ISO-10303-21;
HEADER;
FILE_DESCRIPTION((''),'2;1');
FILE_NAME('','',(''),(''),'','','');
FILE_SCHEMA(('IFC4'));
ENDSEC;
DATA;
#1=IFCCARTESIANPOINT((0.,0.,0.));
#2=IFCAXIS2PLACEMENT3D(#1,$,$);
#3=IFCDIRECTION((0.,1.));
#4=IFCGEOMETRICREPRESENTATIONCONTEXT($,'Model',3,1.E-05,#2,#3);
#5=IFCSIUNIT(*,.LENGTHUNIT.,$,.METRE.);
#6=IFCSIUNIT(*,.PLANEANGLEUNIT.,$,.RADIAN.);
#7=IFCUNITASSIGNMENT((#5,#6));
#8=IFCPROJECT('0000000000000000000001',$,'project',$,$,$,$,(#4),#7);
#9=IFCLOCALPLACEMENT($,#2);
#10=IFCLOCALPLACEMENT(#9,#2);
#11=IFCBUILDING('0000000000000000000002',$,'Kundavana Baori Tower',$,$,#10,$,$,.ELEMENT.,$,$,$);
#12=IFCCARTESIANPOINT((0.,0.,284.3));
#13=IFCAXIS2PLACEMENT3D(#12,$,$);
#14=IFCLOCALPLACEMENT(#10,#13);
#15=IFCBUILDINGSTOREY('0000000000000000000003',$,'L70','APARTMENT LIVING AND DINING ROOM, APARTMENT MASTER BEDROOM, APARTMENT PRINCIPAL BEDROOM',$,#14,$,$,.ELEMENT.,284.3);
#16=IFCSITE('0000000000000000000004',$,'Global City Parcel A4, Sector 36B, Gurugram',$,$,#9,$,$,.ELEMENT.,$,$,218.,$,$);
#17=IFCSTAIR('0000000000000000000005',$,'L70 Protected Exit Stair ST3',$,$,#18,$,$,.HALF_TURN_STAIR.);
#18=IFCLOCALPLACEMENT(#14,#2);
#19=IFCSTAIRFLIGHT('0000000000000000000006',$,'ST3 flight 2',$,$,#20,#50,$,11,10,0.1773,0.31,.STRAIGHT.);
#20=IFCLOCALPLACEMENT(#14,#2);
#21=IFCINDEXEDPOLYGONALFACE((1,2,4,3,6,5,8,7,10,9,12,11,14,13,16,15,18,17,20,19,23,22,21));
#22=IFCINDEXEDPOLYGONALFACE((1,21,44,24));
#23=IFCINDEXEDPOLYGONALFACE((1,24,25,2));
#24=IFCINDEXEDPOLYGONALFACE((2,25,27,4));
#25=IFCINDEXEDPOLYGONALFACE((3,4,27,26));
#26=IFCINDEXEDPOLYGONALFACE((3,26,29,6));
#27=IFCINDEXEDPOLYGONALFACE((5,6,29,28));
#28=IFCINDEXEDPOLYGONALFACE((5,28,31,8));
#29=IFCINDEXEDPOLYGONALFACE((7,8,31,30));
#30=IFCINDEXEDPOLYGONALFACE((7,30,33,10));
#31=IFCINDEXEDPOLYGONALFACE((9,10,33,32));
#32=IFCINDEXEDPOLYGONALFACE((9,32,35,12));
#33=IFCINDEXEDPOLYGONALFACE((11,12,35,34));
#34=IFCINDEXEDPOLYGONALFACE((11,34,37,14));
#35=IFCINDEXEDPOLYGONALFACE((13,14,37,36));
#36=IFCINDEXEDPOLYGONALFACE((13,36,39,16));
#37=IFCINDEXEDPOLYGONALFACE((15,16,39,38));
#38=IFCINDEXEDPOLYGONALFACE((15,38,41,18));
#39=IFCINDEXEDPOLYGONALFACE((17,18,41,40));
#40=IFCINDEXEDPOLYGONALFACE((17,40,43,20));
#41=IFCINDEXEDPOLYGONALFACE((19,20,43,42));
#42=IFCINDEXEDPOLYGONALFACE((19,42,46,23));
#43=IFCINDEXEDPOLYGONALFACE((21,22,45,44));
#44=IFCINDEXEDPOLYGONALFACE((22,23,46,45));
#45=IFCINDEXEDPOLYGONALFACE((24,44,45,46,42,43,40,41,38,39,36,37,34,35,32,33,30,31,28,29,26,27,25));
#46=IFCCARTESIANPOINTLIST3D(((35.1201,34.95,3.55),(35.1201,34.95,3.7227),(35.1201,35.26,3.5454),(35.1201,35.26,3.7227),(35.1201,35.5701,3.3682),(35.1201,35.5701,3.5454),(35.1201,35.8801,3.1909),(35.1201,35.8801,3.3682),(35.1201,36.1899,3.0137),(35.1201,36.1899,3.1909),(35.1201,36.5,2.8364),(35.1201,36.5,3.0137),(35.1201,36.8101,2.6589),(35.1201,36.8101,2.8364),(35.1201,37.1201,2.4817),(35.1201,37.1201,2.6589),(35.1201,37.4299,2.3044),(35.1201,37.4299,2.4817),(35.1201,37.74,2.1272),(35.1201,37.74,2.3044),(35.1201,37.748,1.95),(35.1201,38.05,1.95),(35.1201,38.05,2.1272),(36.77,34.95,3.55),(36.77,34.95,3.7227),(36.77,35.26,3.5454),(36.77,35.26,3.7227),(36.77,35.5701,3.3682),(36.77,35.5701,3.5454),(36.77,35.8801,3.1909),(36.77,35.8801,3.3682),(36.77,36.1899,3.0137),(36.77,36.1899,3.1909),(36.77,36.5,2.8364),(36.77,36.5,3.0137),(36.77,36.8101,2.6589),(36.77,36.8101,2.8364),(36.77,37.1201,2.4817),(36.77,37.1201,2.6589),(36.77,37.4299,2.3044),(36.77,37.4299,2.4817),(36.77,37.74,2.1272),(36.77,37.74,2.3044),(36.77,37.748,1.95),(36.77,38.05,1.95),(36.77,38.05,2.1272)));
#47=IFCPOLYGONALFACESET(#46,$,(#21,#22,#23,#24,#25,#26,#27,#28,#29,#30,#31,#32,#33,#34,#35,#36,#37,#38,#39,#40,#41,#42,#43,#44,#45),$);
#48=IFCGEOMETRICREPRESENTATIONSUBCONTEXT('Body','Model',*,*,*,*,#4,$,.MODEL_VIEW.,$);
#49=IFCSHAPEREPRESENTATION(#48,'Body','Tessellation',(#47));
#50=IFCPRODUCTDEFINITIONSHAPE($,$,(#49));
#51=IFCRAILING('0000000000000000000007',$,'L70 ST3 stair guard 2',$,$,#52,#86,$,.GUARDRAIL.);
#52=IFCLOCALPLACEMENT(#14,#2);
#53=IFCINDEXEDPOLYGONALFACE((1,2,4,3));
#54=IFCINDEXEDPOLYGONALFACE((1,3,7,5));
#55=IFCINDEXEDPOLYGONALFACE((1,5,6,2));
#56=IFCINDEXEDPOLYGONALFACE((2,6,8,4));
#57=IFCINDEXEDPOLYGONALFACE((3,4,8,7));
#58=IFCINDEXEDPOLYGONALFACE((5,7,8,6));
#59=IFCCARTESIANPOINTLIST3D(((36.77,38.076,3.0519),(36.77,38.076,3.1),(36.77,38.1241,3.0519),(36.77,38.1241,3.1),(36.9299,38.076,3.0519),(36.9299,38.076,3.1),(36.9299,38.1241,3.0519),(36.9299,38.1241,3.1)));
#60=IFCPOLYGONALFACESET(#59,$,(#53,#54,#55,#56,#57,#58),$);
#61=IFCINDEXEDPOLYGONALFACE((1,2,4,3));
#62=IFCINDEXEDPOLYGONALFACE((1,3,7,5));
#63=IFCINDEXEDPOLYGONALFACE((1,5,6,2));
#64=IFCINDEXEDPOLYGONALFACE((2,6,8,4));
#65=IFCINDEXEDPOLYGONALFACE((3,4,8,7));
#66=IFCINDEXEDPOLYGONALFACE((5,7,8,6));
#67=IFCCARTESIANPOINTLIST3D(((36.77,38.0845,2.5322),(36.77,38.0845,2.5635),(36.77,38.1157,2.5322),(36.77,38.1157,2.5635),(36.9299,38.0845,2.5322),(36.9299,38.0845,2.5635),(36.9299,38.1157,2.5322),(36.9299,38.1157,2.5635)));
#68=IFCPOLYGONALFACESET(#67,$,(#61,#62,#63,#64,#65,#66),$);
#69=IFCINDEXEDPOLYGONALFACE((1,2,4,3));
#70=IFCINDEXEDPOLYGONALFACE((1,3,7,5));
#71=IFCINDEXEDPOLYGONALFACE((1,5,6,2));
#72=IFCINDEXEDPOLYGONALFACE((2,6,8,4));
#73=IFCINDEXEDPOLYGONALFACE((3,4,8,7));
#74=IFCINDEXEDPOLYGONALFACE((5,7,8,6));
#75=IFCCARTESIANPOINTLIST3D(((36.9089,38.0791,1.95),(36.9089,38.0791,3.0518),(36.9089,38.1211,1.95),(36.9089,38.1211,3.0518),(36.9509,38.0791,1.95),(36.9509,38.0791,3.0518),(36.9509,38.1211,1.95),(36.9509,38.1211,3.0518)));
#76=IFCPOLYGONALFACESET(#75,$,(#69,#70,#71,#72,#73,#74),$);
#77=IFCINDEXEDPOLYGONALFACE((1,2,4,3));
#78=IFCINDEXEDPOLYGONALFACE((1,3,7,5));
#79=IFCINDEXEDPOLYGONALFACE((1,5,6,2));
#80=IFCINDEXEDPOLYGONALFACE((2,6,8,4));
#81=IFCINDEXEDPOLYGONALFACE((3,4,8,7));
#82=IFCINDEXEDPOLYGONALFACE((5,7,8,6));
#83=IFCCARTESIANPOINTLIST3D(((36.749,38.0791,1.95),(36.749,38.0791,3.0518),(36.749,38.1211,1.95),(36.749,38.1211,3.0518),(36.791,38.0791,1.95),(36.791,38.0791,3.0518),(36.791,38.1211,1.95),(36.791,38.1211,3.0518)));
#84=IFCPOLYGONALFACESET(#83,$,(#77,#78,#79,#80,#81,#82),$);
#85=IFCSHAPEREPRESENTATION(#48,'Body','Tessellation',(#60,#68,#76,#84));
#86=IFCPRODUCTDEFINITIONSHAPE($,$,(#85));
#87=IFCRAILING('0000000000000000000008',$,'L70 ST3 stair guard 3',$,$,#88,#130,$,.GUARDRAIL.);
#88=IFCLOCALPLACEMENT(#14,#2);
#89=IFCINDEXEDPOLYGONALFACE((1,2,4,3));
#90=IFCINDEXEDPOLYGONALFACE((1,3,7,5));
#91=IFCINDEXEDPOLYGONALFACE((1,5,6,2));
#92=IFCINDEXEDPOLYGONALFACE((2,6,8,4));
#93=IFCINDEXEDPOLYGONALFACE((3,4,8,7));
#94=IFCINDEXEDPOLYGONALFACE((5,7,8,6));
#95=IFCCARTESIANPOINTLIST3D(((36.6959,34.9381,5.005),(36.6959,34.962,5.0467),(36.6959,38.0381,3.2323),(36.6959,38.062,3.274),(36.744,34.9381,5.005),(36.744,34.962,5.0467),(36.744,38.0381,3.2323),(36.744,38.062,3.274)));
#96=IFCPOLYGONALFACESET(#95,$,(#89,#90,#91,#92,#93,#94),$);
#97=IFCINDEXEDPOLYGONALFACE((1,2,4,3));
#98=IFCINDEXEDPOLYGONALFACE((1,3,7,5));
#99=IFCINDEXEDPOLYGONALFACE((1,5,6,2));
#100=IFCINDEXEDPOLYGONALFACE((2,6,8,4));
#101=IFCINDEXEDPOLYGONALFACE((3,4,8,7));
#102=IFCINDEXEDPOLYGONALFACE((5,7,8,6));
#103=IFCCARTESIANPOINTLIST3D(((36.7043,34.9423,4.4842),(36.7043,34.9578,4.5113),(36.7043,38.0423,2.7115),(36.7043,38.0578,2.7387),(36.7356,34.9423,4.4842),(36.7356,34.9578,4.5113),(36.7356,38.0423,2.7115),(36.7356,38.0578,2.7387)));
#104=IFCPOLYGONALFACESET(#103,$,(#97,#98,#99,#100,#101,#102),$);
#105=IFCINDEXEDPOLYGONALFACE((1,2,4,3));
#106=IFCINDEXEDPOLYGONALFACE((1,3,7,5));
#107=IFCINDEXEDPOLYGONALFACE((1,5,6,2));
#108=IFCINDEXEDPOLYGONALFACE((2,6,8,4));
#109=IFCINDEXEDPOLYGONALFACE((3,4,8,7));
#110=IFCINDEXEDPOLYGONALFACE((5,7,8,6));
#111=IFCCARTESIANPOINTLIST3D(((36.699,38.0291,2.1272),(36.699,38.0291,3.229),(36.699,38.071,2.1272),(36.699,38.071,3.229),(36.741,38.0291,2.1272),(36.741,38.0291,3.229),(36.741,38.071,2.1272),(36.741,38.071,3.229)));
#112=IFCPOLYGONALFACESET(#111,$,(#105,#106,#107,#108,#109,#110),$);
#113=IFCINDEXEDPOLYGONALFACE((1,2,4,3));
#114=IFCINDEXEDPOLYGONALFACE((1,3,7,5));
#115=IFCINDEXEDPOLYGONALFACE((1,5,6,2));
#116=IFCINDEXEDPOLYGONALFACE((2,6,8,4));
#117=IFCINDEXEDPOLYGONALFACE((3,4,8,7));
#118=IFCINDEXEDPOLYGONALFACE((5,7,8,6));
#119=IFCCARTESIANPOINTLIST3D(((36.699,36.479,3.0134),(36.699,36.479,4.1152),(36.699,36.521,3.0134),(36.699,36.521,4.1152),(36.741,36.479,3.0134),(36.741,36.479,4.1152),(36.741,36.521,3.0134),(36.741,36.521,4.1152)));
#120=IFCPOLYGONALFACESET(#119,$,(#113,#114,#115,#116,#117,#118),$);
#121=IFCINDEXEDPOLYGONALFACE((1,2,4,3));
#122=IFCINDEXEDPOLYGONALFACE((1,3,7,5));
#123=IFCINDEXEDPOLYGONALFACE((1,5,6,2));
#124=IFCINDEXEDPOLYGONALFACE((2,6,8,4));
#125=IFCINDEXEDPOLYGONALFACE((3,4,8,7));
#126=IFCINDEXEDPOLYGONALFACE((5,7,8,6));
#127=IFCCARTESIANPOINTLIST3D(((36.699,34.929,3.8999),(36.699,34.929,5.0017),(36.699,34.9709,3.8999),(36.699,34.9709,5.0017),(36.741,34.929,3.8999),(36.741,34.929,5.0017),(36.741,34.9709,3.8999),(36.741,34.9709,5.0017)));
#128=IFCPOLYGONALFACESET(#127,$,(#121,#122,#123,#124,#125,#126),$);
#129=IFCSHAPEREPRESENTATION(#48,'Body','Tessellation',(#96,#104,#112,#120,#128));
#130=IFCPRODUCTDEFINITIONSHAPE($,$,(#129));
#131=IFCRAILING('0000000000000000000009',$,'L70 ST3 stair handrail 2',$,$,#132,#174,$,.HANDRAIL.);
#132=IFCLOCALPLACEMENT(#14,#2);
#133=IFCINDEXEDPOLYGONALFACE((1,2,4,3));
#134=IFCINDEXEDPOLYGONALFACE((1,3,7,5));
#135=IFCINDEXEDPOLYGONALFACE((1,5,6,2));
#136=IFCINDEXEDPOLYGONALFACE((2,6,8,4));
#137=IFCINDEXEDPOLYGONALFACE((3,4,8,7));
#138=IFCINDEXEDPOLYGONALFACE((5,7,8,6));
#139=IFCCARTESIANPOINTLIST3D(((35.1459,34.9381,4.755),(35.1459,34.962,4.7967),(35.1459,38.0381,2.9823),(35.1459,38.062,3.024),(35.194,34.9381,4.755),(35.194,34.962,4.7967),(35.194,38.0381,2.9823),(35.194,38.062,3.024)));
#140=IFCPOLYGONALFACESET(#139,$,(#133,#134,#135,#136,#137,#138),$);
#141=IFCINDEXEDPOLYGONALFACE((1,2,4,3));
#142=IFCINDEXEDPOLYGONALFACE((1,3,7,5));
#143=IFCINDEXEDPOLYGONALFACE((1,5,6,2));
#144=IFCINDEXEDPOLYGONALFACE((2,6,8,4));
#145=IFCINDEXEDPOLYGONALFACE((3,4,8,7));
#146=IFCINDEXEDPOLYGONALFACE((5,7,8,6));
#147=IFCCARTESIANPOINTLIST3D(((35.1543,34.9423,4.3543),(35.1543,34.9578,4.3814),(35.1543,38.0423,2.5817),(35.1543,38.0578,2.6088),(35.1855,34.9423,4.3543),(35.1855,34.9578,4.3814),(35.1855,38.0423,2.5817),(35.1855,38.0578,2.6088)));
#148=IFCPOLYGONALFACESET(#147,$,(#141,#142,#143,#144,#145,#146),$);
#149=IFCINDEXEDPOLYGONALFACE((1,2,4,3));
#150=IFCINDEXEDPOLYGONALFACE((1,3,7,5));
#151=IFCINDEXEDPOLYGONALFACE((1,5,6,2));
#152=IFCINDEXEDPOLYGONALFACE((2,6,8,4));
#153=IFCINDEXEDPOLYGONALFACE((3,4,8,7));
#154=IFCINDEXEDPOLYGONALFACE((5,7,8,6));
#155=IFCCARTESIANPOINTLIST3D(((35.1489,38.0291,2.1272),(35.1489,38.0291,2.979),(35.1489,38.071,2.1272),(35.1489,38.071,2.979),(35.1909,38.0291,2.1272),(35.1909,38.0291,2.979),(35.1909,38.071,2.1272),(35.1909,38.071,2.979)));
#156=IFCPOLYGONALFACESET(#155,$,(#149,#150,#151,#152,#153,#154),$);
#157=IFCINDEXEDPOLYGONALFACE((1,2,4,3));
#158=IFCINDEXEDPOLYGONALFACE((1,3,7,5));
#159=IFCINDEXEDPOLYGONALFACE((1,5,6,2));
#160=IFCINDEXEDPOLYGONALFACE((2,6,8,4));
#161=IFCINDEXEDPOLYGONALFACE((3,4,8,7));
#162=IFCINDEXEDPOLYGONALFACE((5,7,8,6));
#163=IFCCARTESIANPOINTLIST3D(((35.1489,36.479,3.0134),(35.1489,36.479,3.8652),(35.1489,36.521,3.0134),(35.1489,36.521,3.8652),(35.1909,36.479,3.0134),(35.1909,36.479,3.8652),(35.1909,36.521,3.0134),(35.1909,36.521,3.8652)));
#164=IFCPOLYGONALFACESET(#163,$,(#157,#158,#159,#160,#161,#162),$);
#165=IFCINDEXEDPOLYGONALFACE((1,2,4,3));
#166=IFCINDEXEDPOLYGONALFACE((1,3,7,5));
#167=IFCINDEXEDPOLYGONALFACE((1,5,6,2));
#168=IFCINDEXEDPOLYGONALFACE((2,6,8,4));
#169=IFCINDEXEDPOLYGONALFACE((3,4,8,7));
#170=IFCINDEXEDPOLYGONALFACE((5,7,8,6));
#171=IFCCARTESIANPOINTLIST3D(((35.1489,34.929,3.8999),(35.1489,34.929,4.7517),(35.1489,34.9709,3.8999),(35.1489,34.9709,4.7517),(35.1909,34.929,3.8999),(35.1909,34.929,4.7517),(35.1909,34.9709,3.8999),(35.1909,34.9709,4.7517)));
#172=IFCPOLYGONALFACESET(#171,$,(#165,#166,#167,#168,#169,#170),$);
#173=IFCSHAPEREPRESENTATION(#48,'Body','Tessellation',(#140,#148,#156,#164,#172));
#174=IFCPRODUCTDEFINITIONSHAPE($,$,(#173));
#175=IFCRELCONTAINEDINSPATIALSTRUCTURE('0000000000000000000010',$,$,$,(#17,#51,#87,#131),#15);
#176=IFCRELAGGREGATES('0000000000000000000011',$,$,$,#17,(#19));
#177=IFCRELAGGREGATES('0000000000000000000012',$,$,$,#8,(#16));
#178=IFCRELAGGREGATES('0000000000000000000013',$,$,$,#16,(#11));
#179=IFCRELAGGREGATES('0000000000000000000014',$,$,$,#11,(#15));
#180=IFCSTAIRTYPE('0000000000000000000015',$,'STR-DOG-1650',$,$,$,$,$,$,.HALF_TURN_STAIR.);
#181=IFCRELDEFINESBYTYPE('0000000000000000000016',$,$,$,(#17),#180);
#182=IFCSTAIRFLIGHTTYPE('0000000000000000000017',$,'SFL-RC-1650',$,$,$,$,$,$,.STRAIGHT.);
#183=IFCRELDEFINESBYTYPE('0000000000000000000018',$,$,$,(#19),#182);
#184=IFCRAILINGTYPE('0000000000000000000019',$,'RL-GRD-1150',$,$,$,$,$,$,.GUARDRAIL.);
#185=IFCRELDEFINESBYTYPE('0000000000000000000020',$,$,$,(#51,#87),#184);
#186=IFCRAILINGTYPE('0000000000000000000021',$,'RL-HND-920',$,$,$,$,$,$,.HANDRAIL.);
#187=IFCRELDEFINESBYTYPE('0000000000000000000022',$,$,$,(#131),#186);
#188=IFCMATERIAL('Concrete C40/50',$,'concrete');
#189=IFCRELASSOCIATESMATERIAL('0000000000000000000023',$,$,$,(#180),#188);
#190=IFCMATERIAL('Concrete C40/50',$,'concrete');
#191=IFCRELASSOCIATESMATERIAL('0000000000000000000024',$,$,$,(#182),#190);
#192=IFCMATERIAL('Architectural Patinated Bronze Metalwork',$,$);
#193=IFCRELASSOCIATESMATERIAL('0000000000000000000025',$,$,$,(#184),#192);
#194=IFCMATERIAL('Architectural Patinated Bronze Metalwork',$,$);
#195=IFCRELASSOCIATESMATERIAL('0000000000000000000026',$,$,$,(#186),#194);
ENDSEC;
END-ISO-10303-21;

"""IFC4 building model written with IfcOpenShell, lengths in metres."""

from ifc_helpers import new_model, si_unit, direction, frame, origin, origin_2d, place, context, subcontext, project, spatial, polyline, rectangle, outline, extrude, material, type_object, element, aggregate, save


model = new_model("IFC4")

# Units and contexts
model_context = context("Model", 3, precision=1e-05, world=origin(), true_north=direction((0.0, 1.0)))
body_context = subcontext(model_context, "Body", "Model", "MODEL_VIEW")
ifc_project = project(units=[si_unit("LENGTHUNIT", "METRE"), si_unit("PLANEANGLEUNIT", "RADIAN")], contexts=[model_context])

# Site, building, storey
site_placement = place(None, origin())
site = spatial("IfcSite", under=ifc_project, at=site_placement, Name="Global City Parcel A4, Sector 36B, Gurugram", CompositionType="ELEMENT", RefElevation=218.0)
building_placement = place(site_placement, origin())
building = spatial("IfcBuilding", under=site, at=building_placement, Name="Kundavana Baori Tower", CompositionType="ELEMENT")
storey_placement = place(building_placement, frame((0.0, 0.0, 284.3)))
storey = spatial("IfcBuildingStorey", under=building, at=storey_placement, Name="L70", Description="APARTMENT LIVING AND DINING ROOM, APARTMENT MASTER BEDROOM, APARTMENT PRINCIPAL BEDROOM", CompositionType="ELEMENT", Elevation=284.3)

# Stair, stair flight
ifc_material_1 = material(Name="Concrete C40/50", Category="concrete")
stair_type = type_object("IfcStairType", Name="STR-DOG-1650", PredefinedType="HALF_TURN_STAIR", material=ifc_material_1)
stair_placement = place(storey_placement, origin())
stair = element("IfcStair", 1, at=stair_placement, inside=storey, type_object=stair_type, Name="L70 Protected Exit Stair ST3", PredefinedType="HALF_TURN_STAIR")
ifc_material_2 = material(Name="Concrete C40/50", Category="concrete")
stair_flight_type = type_object("IfcStairFlightType", Name="SFL-RC-1650", PredefinedType="STRAIGHT", material=ifc_material_2)
stair_flight_placement = place(storey_placement, frame((35.9451, 38.05, 1.95), z_axis=(0.0, 0.0, 1.0), x_axis=(0.0, -1.0, 0.0)))
stair_flight = element("IfcStairFlight", 2, at=stair_flight_placement, type_object=stair_flight_type, Name="ST3 flight 2", NumberOfRisers=11, NumberOfTreads=10, PredefinedType="STRAIGHT", RiserHeight=0.1773, TreadLength=0.31, context=body_context, shape_type="SweptSolid", body=[
    extrude(outline(polyline([(0.0, 0.0), (0.0, 0.1772), (0.3101, 0.1772), (0.3101, 0.3545), (0.6201, 0.3545), (0.6201, 0.5317), (0.9299, 0.5317), (0.9299, 0.709), (1.24, 0.709), (1.24, 0.8865), (1.55, 0.8865), (1.55, 1.0637), (1.8601, 1.0637), (1.8601, 1.241), (2.1699, 1.241), (2.1699, 1.4182), (2.48, 1.4182), (2.48, 1.5955), (2.79, 1.5955), (2.79, 1.7727), (3.1001, 1.7727), (3.1001, 1.95), (3.1001, 1.6001), (0.302, 0.0), (0.0, 0.0)])), frame((0.0, 0.825, 0.0), z_axis=(0.0, -1.0, 0.0), x_axis=(1.0, 0.0, 0.0)), (0.0, 0.0, 1.0), 1.6499),
])
aggregate(stair, [stair_flight])

# Railings
ifc_material_3 = material(Name="Architectural Patinated Bronze Metalwork")
railing_type_1 = type_object("IfcRailingType", Name="RL-GRD-1150", PredefinedType="GUARDRAIL", material=ifc_material_3)
railing_1_placement = place(storey_placement, frame((36.9299, 38.1001, 1.95)))
element("IfcRailing", 3, at=railing_1_placement, inside=storey, type_object=railing_type_1, Name="L70 ST3 stair guard 2", PredefinedType="GUARDRAIL", context=body_context, shape_type="SweptSolid", body=[
    extrude(rectangle(XDim=0.0481, YDim=0.0481, at=origin_2d()), frame((0.0, 0.0, 1.126), z_axis=(-1.0, 0.0, 0.0), x_axis=(0.0, -1.0, 0.0)), (0.0, 0.0, 1.0), 0.1599),
    extrude(rectangle(XDim=0.0312, YDim=0.0312, at=origin_2d()), frame((0.0, 0.0, 0.5979), z_axis=(-1.0, 0.0, 0.0), x_axis=(0.0, -1.0, 0.0)), (0.0, 0.0, 1.0), 0.1599),
    extrude(rectangle(XDim=0.042, YDim=0.042, at=origin_2d()), origin(), (0.0, 0.0, 1.0), 1.1018),
    extrude(rectangle(XDim=0.042, YDim=0.042, at=origin_2d()), frame((-0.1599, 0.0, 0.0)), (0.0, 0.0, 1.0), 1.1018),
])
railing_2_placement = place(storey_placement, frame((36.72, 38.05, 2.1272)))
element("IfcRailing", 4, at=railing_2_placement, inside=storey, type_object=railing_type_1, Name="L70 ST3 stair guard 3", PredefinedType="GUARDRAIL", context=body_context, shape_type="SweptSolid", body=[
    extrude(rectangle(XDim=0.0481, YDim=0.0481, at=origin_2d()), frame((0.0, 0.0, 1.126), z_axis=(0.0, -0.868096, 0.496397), x_axis=(1.0, 0.0, 0.0)), (0.0, 0.0, 1.0), 3.571),
    extrude(rectangle(XDim=0.0312, YDim=0.0312, at=origin_2d()), frame((0.0, 0.0, 0.5979), z_axis=(0.0, -0.868096, 0.496397), x_axis=(1.0, 0.0, 0.0)), (0.0, 0.0, 1.0), 3.571),
    extrude(rectangle(XDim=0.042, YDim=0.042, at=origin_2d()), origin(), (0.0, 0.0, 1.0), 1.1018),
    extrude(rectangle(XDim=0.042, YDim=0.042, at=origin_2d()), frame((0.0, -1.55, 0.8862)), (0.0, 0.0, 1.0), 1.1018),
    extrude(rectangle(XDim=0.042, YDim=0.042, at=origin_2d()), frame((0.0, -3.1001, 1.7727)), (0.0, 0.0, 1.0), 1.1018),
])
ifc_material_4 = material(Name="Architectural Patinated Bronze Metalwork")
railing_type_2 = type_object("IfcRailingType", Name="RL-HND-920", PredefinedType="HANDRAIL", material=ifc_material_4)
railing_3_placement = place(storey_placement, frame((35.1699, 38.05, 2.1272)))
element("IfcRailing", 5, at=railing_3_placement, inside=storey, type_object=railing_type_2, Name="L70 ST3 stair handrail 2", PredefinedType="HANDRAIL", context=body_context, shape_type="SweptSolid", body=[
    extrude(rectangle(XDim=0.0481, YDim=0.0481, at=origin_2d()), frame((0.0, 0.0, 0.876), z_axis=(0.0, -0.868096, 0.496397), x_axis=(1.0, 0.0, 0.0)), (0.0, 0.0, 1.0), 3.571),
    extrude(rectangle(XDim=0.0312, YDim=0.0312, at=origin_2d()), frame((0.0, 0.0, 0.468), z_axis=(0.0, -0.868096, 0.496397), x_axis=(1.0, 0.0, 0.0)), (0.0, 0.0, 1.0), 3.571),
    extrude(rectangle(XDim=0.042, YDim=0.042, at=origin_2d()), origin(), (0.0, 0.0, 1.0), 0.8518),
    extrude(rectangle(XDim=0.042, YDim=0.042, at=origin_2d()), frame((0.0, -1.55, 0.8862)), (0.0, 0.0, 1.0), 0.8518),
    extrude(rectangle(XDim=0.042, YDim=0.042, at=origin_2d()), frame((0.0, -3.1001, 1.7727)), (0.0, 0.0, 1.0), 0.8518),
])

save(model, "model.ifc")
